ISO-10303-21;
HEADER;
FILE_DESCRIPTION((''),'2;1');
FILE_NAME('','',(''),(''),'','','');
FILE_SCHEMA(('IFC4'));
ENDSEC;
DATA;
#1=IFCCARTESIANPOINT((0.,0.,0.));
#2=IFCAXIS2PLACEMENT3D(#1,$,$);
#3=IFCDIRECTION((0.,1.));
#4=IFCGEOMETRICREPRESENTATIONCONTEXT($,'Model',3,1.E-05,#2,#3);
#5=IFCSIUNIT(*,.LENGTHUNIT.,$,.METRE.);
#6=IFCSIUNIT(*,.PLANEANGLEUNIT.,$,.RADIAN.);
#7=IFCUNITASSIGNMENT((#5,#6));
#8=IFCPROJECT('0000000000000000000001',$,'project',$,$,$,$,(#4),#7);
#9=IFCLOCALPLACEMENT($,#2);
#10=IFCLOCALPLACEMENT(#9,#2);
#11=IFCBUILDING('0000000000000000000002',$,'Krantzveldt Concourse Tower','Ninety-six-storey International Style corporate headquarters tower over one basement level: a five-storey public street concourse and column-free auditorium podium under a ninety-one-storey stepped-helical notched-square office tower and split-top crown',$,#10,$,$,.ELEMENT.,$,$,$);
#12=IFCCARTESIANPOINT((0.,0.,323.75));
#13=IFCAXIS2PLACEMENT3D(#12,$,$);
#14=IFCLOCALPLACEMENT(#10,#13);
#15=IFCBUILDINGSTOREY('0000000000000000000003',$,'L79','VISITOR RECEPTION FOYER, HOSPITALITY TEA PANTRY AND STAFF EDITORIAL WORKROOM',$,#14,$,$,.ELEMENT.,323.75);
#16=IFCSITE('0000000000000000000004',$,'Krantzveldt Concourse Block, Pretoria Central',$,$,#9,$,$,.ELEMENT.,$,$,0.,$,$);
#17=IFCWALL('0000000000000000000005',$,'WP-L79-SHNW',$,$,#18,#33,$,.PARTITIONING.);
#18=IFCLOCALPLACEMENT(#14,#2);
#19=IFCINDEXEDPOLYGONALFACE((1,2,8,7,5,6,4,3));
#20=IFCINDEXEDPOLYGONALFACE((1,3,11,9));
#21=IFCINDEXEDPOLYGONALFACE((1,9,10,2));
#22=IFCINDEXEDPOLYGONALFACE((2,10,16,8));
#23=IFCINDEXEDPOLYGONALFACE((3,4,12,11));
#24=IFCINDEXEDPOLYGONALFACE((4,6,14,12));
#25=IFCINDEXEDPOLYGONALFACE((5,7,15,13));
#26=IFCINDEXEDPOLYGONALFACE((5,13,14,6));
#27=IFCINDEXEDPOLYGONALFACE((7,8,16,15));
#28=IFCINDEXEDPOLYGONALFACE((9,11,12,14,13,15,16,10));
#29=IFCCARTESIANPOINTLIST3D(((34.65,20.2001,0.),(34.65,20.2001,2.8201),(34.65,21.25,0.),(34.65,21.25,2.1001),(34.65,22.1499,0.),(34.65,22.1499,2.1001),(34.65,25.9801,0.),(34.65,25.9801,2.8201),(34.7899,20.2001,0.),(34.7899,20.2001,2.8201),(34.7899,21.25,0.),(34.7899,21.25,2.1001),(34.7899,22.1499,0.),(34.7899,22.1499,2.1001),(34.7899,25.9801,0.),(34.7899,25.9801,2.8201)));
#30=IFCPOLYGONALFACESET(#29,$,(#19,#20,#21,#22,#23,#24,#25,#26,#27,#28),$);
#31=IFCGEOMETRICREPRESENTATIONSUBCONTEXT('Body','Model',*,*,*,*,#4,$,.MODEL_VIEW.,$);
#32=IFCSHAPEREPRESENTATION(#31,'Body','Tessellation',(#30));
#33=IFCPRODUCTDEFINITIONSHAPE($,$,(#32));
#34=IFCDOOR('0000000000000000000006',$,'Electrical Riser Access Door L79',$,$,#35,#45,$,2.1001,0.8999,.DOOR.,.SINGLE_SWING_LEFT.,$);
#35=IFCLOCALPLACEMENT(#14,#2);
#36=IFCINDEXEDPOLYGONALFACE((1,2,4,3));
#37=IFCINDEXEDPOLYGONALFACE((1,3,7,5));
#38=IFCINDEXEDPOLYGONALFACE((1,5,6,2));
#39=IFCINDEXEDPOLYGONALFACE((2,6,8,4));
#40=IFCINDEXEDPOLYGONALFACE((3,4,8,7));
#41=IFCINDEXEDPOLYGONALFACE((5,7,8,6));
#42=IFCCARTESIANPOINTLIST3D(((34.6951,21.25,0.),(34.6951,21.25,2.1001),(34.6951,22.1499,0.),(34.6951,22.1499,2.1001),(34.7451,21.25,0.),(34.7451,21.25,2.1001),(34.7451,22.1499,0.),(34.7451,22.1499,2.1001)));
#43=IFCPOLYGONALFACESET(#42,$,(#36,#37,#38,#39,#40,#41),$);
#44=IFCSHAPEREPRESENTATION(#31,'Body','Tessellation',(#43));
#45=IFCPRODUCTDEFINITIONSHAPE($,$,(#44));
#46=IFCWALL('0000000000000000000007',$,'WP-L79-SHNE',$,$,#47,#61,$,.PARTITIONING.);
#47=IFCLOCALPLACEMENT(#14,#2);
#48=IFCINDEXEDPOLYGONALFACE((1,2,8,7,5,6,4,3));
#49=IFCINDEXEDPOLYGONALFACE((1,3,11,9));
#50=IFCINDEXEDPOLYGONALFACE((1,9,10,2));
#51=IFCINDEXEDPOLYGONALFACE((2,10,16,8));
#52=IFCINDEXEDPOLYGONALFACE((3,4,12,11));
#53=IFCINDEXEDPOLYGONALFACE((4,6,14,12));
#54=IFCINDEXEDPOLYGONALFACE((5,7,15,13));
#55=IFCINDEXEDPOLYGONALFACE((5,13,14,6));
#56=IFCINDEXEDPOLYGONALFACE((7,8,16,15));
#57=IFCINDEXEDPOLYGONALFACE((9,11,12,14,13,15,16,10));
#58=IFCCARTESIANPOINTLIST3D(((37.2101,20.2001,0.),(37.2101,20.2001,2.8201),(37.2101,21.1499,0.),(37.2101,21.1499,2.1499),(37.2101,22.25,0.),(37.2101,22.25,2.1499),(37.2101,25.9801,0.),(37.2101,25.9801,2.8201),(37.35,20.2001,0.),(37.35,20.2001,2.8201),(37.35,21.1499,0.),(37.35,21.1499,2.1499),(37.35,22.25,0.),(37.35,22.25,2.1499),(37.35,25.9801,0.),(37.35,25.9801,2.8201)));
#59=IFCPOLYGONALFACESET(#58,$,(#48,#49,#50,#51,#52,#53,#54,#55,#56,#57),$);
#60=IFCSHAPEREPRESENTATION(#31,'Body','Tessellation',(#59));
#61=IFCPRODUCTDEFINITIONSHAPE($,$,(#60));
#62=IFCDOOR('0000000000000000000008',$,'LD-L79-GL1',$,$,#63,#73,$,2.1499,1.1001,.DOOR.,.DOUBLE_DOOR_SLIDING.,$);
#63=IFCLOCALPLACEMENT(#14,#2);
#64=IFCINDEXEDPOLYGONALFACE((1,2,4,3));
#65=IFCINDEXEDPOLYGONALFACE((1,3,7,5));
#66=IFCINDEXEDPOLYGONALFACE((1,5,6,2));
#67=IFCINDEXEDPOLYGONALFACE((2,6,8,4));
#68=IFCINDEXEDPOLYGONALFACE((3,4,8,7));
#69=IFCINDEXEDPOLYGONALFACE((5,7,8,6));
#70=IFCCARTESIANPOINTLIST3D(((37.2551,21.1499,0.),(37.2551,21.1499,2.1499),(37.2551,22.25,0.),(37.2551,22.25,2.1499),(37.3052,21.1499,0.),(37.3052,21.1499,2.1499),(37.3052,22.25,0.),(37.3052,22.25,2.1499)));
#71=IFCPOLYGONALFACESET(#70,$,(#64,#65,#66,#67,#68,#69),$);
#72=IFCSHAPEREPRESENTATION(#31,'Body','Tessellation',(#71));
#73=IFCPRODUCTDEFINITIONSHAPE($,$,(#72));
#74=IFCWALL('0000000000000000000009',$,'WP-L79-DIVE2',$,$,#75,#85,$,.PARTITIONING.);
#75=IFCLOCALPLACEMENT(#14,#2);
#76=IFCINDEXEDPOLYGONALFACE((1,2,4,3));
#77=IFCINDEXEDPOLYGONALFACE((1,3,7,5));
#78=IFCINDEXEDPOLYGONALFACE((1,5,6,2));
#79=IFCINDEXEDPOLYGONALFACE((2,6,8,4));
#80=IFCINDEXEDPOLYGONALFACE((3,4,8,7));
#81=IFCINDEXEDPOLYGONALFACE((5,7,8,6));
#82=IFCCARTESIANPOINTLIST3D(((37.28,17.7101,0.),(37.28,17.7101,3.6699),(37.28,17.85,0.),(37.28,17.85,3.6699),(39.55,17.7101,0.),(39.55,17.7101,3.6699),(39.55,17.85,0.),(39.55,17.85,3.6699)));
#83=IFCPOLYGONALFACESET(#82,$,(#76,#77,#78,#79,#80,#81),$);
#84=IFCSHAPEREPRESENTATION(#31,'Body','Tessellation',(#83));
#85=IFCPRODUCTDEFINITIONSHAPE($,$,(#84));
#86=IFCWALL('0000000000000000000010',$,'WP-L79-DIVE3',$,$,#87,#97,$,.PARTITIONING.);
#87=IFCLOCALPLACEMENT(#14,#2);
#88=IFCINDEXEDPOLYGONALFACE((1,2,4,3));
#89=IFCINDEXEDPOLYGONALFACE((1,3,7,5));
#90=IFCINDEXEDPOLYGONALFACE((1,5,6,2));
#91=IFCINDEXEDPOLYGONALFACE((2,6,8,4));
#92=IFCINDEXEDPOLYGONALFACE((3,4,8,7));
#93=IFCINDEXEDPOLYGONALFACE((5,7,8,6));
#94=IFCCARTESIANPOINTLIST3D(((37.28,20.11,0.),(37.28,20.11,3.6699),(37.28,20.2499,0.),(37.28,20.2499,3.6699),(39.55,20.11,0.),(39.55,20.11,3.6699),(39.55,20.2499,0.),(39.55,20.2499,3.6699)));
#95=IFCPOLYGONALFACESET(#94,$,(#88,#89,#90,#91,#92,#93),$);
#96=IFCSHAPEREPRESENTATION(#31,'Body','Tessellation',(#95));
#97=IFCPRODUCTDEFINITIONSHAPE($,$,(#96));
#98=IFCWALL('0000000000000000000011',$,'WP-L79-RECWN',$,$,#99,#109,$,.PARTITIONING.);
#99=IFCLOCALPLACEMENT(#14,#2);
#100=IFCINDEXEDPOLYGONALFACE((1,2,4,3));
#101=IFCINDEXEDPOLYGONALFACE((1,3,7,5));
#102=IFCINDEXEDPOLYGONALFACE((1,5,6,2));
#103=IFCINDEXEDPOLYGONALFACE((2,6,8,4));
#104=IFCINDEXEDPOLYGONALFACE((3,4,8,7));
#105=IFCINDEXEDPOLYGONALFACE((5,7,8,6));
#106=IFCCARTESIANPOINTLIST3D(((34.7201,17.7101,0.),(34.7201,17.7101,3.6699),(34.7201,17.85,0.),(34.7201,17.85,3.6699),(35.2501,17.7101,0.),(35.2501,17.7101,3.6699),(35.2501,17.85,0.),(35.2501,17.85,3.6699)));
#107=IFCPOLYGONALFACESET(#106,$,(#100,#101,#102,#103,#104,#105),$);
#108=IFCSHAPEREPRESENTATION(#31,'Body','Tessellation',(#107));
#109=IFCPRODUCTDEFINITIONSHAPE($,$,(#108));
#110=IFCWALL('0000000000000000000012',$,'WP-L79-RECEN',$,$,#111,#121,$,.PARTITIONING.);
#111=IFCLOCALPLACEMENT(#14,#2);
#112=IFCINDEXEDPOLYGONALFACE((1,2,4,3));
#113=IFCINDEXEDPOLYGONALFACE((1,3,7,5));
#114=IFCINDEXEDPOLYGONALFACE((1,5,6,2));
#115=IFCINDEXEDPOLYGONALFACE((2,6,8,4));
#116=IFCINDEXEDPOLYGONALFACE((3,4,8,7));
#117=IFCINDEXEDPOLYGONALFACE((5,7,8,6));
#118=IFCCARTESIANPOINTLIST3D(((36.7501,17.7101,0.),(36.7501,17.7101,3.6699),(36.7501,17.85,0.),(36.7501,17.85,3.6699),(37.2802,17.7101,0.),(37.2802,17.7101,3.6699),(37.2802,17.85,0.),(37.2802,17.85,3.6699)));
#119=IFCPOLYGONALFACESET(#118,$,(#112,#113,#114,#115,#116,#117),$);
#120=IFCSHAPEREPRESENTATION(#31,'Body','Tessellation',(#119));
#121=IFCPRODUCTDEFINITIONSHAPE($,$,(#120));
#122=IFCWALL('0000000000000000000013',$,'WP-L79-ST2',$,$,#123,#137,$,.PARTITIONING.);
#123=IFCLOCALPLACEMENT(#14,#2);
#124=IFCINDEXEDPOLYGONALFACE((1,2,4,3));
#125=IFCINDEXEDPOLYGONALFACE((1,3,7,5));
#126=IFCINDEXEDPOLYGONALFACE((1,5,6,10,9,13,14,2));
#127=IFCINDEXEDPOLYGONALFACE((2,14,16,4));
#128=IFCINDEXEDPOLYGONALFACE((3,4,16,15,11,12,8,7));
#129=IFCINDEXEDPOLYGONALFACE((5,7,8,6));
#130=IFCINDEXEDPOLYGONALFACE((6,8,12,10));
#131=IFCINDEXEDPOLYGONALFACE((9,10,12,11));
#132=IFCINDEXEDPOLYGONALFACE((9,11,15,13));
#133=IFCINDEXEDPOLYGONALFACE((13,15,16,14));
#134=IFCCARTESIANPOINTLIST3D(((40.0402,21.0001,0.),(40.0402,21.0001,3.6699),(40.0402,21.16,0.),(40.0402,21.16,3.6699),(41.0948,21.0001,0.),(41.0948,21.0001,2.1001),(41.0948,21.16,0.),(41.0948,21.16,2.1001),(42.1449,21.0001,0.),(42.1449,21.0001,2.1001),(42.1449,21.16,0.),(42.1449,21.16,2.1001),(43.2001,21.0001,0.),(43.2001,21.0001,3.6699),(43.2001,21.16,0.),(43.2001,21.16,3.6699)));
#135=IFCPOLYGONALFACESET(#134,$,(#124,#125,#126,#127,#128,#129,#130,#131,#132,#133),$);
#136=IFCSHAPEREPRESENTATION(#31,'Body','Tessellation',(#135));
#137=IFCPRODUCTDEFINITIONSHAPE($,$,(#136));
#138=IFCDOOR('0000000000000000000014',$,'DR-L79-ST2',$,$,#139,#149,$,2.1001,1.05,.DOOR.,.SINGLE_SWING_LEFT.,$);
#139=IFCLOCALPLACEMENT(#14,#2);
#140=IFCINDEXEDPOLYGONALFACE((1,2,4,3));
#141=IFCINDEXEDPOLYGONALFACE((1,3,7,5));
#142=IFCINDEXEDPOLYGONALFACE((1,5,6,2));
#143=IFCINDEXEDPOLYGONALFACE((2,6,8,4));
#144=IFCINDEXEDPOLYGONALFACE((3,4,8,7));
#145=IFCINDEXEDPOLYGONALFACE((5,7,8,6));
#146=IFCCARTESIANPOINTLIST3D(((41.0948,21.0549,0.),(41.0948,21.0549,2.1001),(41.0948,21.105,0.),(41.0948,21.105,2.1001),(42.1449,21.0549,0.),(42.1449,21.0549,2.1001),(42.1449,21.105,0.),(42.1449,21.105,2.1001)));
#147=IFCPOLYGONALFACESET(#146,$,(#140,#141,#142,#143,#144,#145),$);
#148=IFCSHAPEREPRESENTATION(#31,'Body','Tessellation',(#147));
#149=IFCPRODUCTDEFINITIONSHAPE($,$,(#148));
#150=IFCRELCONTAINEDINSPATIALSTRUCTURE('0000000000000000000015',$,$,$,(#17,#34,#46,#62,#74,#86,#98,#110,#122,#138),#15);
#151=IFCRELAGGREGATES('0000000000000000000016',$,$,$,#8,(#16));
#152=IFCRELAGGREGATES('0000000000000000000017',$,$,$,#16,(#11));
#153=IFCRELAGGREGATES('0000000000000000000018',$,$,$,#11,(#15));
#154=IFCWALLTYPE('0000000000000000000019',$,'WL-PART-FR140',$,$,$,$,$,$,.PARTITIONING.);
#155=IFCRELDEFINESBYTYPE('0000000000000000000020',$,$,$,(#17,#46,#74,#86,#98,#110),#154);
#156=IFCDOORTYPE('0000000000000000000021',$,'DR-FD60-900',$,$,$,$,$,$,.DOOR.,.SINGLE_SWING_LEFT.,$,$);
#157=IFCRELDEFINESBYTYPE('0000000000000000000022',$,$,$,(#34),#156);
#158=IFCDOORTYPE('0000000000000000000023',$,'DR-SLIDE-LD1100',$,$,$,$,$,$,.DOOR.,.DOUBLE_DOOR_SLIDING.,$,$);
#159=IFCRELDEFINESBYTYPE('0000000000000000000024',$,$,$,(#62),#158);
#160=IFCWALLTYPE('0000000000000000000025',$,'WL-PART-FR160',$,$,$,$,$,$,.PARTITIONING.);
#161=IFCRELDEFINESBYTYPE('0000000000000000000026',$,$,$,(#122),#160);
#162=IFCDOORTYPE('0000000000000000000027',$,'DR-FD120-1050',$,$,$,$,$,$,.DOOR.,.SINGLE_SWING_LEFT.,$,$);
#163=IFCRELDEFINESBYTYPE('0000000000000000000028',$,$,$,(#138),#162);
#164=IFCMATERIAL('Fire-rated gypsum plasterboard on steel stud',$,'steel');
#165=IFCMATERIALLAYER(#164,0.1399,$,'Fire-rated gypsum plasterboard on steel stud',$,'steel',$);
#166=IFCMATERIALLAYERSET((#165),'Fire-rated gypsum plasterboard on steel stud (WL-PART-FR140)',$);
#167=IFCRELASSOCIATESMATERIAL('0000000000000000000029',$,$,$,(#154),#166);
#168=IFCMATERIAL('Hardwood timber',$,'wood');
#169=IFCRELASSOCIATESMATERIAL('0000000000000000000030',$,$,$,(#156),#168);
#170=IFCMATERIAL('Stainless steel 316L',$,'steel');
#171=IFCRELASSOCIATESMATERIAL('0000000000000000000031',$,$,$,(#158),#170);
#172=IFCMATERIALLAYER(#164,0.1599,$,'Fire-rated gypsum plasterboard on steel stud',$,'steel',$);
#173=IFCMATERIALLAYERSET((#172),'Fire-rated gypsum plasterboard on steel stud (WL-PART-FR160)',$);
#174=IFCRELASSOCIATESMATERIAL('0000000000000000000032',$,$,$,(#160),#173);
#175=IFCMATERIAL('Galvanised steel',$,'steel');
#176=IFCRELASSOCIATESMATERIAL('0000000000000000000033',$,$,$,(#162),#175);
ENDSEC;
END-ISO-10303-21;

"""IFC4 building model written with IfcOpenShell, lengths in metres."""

from ifc_helpers import new_model, si_unit, direction, frame, frame_2d, origin, place, context, subcontext, project, spatial, rectangle, extrude, material, layer, layer_set, type_object, element, fill, save


model = new_model("IFC4")

# Units and contexts
model_context = context("Model", 3, precision=1e-05, world=origin(), true_north=direction((0.0, 1.0)))
body_context = subcontext(model_context, "Body", "Model", "MODEL_VIEW")
ifc_project = project(units=[si_unit("LENGTHUNIT", "METRE"), si_unit("PLANEANGLEUNIT", "RADIAN")], contexts=[model_context])

# Site, building, storey
site_placement = place(None, origin())
site = spatial("IfcSite", under=ifc_project, at=site_placement, Name="Krantzveldt Concourse Block, Pretoria Central", CompositionType="ELEMENT", RefElevation=0.0)
building_placement = place(site_placement, origin())
building = spatial("IfcBuilding", under=site, at=building_placement, Name="Krantzveldt Concourse Tower", Description="Ninety-six-storey International Style corporate headquarters tower over one basement level: a five-storey public street concourse and column-free auditorium podium under a ninety-one-storey stepped-helical notched-square office tower and split-top crown", CompositionType="ELEMENT")
storey_placement = place(building_placement, frame((0.0, 0.0, 323.75)))
storey = spatial("IfcBuildingStorey", under=building, at=storey_placement, Name="L79", Description="VISITOR RECEPTION FOYER, HOSPITALITY TEA PANTRY AND STAFF EDITORIAL WORKROOM", CompositionType="ELEMENT", Elevation=323.75)

# Walls, openings, doors
ifc_material_1 = material(Name="Fire-rated gypsum plasterboard on steel stud", Category="steel")
ifc_layer_1 = layer(ifc_material_1, 0.1399, Name="Fire-rated gypsum plasterboard on steel stud", Category="steel")
ifc_layer_set_1 = layer_set([ifc_layer_1], Name="Fire-rated gypsum plasterboard on steel stud (WL-PART-FR140)")
wall_type_1 = type_object("IfcWallType", Name="WL-PART-FR140", PredefinedType="PARTITIONING", material=ifc_layer_set_1)
wall_1_placement = place(storey_placement, frame((34.72, 20.2, 0.0), z_axis=(0.0, 0.0, 1.0), x_axis=(0.0, 1.0, 0.0)))
wall_1 = element("IfcWall", 1, at=wall_1_placement, inside=storey, type_object=wall_type_1, Name="WP-L79-SHNW", PredefinedType="PARTITIONING", context=body_context, shape_type="SweptSolid", body=[
    extrude(rectangle(XDim=5.78, YDim=0.1399, at=frame_2d((2.8901, 0.0))), origin(), (0.0, 0.0, 1.0), 2.8201),
])
opening_1_placement = place(wall_1_placement, frame((1.05, 0.0, 0.0)))
opening_1 = element("IfcOpeningElement", 2, at=opening_1_placement, cuts=wall_1, PredefinedType="OPENING", context=body_context, shape_type="SweptSolid", body=[
    extrude(rectangle(XDim=0.8999, YDim=2.1001, at=frame_2d((0.45, 1.05))), frame((0.0, 0.0801, 0.0), z_axis=(0.0, -1.0, 0.0), x_axis=(1.0, 0.0, 0.0)), (0.0, 0.0, 1.0), 0.1599),
])
ifc_material_2 = material(Name="Hardwood timber", Category="wood")
door_type_1 = type_object("IfcDoorType", Name="DR-FD60-900", OperationType="SINGLE_SWING_LEFT", PredefinedType="DOOR", material=ifc_material_2)
door_1_placement = place(opening_1_placement, origin())
door_1 = element("IfcDoor", 3, at=door_1_placement, inside=storey, type_object=door_type_1, Name="Electrical Riser Access Door L79", OperationType="SINGLE_SWING_LEFT", OverallHeight=2.1001, OverallWidth=0.8999, PredefinedType="DOOR", context=body_context, shape_type="SweptSolid", body=[
    extrude(rectangle(XDim=0.8999, YDim=2.1001, at=frame_2d((0.45, 1.05))), frame((0.0, 0.0249, 0.0), z_axis=(0.0, -1.0, 0.0), x_axis=(1.0, 0.0, 0.0)), (0.0, 0.0, 1.0), 0.05),
])
fill(opening_1, door_1)
wall_2_placement = place(storey_placement, frame((37.28, 20.2, 0.0), z_axis=(0.0, 0.0, 1.0), x_axis=(0.0, 1.0, 0.0)))
wall_2 = element("IfcWall", 4, at=wall_2_placement, inside=storey, type_object=wall_type_1, Name="WP-L79-SHNE", PredefinedType="PARTITIONING", context=body_context, shape_type="SweptSolid", body=[
    extrude(rectangle(XDim=5.78, YDim=0.1399, at=frame_2d((2.8901, 0.0))), origin(), (0.0, 0.0, 1.0), 2.8201),
])
opening_2_placement = place(wall_2_placement, frame((0.95, 0.0, 0.0)))
opening_2 = element("IfcOpeningElement", 5, at=opening_2_placement, cuts=wall_2, PredefinedType="OPENING", context=body_context, shape_type="SweptSolid", body=[
    extrude(rectangle(XDim=1.1001, YDim=2.1499, at=frame_2d((0.55, 1.075))), frame((0.0, 0.0801, 0.0), z_axis=(0.0, -1.0, 0.0), x_axis=(1.0, 0.0, 0.0)), (0.0, 0.0, 1.0), 0.1599),
])
ifc_material_3 = material(Name="Stainless steel 316L", Category="steel")
door_type_2 = type_object("IfcDoorType", Name="DR-SLIDE-LD1100", OperationType="DOUBLE_DOOR_SLIDING", PredefinedType="DOOR", material=ifc_material_3)
door_2_placement = place(opening_2_placement, origin())
door_2 = element("IfcDoor", 6, at=door_2_placement, inside=storey, type_object=door_type_2, Name="LD-L79-GL1", OperationType="DOUBLE_DOOR_SLIDING", OverallHeight=2.1499, OverallWidth=1.1001, PredefinedType="DOOR", context=body_context, shape_type="SweptSolid", body=[
    extrude(rectangle(XDim=1.1001, YDim=2.1499, at=frame_2d((0.55, 1.075))), frame((0.0, 0.0249, 0.0), z_axis=(0.0, -1.0, 0.0), x_axis=(1.0, 0.0, 0.0)), (0.0, 0.0, 1.0), 0.05),
])
fill(opening_2, door_2)

# Walls
for number, where, z_axis, x_axis, name in (
    (7, (37.28, 17.78, 0.0), (0.0, 0.0, 1.0), (1.0, 0.0, 0.0), "WP-L79-DIVE2"),
    (8, (37.28, 20.1799, 0.0), (0.0, 0.0, 1.0), (1.0, 0.0, 0.0), "WP-L79-DIVE3"),
):
    element("IfcWall", number, at=place(storey_placement, frame(where, z_axis=z_axis, x_axis=x_axis)), inside=storey, type_object=wall_type_1, Name=name, PredefinedType="PARTITIONING", context=body_context, shape_type="SweptSolid", body=[
        extrude(rectangle(XDim=2.27, YDim=0.1399, at=frame_2d((1.135, 0.0))), origin(), (0.0, 0.0, 1.0), 3.6699),
    ])
for number, where, z_axis, x_axis, name in (
    (9, (34.72, 17.78, 0.0), (0.0, 0.0, 1.0), (1.0, 0.0, 0.0), "WP-L79-RECWN"),
    (10, (36.75, 17.78, 0.0), (0.0, 0.0, 1.0), (1.0, 0.0, 0.0), "WP-L79-RECEN"),
):
    element("IfcWall", number, at=place(storey_placement, frame(where, z_axis=z_axis, x_axis=x_axis)), inside=storey, type_object=wall_type_1, Name=name, PredefinedType="PARTITIONING", context=body_context, shape_type="SweptSolid", body=[
        extrude(rectangle(XDim=0.53, YDim=0.1399, at=frame_2d((0.2651, 0.0))), origin(), (0.0, 0.0, 1.0), 3.6699),
    ])

# Wall, opening, door
ifc_layer_2 = layer(ifc_material_1, 0.1599, Name="Fire-rated gypsum plasterboard on steel stud", Category="steel")
ifc_layer_set_2 = layer_set([ifc_layer_2], Name="Fire-rated gypsum plasterboard on steel stud (WL-PART-FR160)")
wall_type_2 = type_object("IfcWallType", Name="WL-PART-FR160", PredefinedType="PARTITIONING", material=ifc_layer_set_2)
wall_3_placement = place(storey_placement, frame((40.04, 21.0801, 0.0), z_axis=(0.0, 0.0, 1.0), x_axis=(1.0, 0.0, 0.0)))
wall_3 = element("IfcWall", 11, at=wall_3_placement, inside=storey, type_object=wall_type_2, Name="WP-L79-ST2", PredefinedType="PARTITIONING", context=body_context, shape_type="SweptSolid", body=[
    extrude(rectangle(XDim=3.1599, YDim=0.1599, at=frame_2d((1.5801, 0.0))), origin(), (0.0, 0.0, 1.0), 3.6699),
])
opening_3_placement = place(wall_3_placement, frame((1.0549, 0.0, 0.0)))
opening_3 = element("IfcOpeningElement", 12, at=opening_3_placement, cuts=wall_3, PredefinedType="OPENING", context=body_context, shape_type="SweptSolid", body=[
    extrude(rectangle(XDim=1.05, YDim=2.1001, at=frame_2d((0.5249, 1.05))), frame((0.0, 0.0898, 0.0), z_axis=(0.0, -1.0, 0.0), x_axis=(1.0, 0.0, 0.0)), (0.0, 0.0, 1.0), 0.1799),
])
ifc_material_4 = material(Name="Galvanised steel", Category="steel")
door_type_3 = type_object("IfcDoorType", Name="DR-FD120-1050", OperationType="SINGLE_SWING_LEFT", PredefinedType="DOOR", material=ifc_material_4)
door_3_placement = place(opening_3_placement, origin())
door_3 = element("IfcDoor", 13, at=door_3_placement, inside=storey, type_object=door_type_3, Name="DR-L79-ST2", OperationType="SINGLE_SWING_LEFT", OverallHeight=2.1001, OverallWidth=1.05, PredefinedType="DOOR", context=body_context, shape_type="SweptSolid", body=[
    extrude(rectangle(XDim=1.05, YDim=2.1001, at=frame_2d((0.5249, 1.05))), frame((0.0, 0.0249, 0.0), z_axis=(0.0, -1.0, 0.0), x_axis=(1.0, 0.0, 0.0)), (0.0, 0.0, 1.0), 0.05),
])
fill(opening_3, door_3)

save(model, "model.ifc")
